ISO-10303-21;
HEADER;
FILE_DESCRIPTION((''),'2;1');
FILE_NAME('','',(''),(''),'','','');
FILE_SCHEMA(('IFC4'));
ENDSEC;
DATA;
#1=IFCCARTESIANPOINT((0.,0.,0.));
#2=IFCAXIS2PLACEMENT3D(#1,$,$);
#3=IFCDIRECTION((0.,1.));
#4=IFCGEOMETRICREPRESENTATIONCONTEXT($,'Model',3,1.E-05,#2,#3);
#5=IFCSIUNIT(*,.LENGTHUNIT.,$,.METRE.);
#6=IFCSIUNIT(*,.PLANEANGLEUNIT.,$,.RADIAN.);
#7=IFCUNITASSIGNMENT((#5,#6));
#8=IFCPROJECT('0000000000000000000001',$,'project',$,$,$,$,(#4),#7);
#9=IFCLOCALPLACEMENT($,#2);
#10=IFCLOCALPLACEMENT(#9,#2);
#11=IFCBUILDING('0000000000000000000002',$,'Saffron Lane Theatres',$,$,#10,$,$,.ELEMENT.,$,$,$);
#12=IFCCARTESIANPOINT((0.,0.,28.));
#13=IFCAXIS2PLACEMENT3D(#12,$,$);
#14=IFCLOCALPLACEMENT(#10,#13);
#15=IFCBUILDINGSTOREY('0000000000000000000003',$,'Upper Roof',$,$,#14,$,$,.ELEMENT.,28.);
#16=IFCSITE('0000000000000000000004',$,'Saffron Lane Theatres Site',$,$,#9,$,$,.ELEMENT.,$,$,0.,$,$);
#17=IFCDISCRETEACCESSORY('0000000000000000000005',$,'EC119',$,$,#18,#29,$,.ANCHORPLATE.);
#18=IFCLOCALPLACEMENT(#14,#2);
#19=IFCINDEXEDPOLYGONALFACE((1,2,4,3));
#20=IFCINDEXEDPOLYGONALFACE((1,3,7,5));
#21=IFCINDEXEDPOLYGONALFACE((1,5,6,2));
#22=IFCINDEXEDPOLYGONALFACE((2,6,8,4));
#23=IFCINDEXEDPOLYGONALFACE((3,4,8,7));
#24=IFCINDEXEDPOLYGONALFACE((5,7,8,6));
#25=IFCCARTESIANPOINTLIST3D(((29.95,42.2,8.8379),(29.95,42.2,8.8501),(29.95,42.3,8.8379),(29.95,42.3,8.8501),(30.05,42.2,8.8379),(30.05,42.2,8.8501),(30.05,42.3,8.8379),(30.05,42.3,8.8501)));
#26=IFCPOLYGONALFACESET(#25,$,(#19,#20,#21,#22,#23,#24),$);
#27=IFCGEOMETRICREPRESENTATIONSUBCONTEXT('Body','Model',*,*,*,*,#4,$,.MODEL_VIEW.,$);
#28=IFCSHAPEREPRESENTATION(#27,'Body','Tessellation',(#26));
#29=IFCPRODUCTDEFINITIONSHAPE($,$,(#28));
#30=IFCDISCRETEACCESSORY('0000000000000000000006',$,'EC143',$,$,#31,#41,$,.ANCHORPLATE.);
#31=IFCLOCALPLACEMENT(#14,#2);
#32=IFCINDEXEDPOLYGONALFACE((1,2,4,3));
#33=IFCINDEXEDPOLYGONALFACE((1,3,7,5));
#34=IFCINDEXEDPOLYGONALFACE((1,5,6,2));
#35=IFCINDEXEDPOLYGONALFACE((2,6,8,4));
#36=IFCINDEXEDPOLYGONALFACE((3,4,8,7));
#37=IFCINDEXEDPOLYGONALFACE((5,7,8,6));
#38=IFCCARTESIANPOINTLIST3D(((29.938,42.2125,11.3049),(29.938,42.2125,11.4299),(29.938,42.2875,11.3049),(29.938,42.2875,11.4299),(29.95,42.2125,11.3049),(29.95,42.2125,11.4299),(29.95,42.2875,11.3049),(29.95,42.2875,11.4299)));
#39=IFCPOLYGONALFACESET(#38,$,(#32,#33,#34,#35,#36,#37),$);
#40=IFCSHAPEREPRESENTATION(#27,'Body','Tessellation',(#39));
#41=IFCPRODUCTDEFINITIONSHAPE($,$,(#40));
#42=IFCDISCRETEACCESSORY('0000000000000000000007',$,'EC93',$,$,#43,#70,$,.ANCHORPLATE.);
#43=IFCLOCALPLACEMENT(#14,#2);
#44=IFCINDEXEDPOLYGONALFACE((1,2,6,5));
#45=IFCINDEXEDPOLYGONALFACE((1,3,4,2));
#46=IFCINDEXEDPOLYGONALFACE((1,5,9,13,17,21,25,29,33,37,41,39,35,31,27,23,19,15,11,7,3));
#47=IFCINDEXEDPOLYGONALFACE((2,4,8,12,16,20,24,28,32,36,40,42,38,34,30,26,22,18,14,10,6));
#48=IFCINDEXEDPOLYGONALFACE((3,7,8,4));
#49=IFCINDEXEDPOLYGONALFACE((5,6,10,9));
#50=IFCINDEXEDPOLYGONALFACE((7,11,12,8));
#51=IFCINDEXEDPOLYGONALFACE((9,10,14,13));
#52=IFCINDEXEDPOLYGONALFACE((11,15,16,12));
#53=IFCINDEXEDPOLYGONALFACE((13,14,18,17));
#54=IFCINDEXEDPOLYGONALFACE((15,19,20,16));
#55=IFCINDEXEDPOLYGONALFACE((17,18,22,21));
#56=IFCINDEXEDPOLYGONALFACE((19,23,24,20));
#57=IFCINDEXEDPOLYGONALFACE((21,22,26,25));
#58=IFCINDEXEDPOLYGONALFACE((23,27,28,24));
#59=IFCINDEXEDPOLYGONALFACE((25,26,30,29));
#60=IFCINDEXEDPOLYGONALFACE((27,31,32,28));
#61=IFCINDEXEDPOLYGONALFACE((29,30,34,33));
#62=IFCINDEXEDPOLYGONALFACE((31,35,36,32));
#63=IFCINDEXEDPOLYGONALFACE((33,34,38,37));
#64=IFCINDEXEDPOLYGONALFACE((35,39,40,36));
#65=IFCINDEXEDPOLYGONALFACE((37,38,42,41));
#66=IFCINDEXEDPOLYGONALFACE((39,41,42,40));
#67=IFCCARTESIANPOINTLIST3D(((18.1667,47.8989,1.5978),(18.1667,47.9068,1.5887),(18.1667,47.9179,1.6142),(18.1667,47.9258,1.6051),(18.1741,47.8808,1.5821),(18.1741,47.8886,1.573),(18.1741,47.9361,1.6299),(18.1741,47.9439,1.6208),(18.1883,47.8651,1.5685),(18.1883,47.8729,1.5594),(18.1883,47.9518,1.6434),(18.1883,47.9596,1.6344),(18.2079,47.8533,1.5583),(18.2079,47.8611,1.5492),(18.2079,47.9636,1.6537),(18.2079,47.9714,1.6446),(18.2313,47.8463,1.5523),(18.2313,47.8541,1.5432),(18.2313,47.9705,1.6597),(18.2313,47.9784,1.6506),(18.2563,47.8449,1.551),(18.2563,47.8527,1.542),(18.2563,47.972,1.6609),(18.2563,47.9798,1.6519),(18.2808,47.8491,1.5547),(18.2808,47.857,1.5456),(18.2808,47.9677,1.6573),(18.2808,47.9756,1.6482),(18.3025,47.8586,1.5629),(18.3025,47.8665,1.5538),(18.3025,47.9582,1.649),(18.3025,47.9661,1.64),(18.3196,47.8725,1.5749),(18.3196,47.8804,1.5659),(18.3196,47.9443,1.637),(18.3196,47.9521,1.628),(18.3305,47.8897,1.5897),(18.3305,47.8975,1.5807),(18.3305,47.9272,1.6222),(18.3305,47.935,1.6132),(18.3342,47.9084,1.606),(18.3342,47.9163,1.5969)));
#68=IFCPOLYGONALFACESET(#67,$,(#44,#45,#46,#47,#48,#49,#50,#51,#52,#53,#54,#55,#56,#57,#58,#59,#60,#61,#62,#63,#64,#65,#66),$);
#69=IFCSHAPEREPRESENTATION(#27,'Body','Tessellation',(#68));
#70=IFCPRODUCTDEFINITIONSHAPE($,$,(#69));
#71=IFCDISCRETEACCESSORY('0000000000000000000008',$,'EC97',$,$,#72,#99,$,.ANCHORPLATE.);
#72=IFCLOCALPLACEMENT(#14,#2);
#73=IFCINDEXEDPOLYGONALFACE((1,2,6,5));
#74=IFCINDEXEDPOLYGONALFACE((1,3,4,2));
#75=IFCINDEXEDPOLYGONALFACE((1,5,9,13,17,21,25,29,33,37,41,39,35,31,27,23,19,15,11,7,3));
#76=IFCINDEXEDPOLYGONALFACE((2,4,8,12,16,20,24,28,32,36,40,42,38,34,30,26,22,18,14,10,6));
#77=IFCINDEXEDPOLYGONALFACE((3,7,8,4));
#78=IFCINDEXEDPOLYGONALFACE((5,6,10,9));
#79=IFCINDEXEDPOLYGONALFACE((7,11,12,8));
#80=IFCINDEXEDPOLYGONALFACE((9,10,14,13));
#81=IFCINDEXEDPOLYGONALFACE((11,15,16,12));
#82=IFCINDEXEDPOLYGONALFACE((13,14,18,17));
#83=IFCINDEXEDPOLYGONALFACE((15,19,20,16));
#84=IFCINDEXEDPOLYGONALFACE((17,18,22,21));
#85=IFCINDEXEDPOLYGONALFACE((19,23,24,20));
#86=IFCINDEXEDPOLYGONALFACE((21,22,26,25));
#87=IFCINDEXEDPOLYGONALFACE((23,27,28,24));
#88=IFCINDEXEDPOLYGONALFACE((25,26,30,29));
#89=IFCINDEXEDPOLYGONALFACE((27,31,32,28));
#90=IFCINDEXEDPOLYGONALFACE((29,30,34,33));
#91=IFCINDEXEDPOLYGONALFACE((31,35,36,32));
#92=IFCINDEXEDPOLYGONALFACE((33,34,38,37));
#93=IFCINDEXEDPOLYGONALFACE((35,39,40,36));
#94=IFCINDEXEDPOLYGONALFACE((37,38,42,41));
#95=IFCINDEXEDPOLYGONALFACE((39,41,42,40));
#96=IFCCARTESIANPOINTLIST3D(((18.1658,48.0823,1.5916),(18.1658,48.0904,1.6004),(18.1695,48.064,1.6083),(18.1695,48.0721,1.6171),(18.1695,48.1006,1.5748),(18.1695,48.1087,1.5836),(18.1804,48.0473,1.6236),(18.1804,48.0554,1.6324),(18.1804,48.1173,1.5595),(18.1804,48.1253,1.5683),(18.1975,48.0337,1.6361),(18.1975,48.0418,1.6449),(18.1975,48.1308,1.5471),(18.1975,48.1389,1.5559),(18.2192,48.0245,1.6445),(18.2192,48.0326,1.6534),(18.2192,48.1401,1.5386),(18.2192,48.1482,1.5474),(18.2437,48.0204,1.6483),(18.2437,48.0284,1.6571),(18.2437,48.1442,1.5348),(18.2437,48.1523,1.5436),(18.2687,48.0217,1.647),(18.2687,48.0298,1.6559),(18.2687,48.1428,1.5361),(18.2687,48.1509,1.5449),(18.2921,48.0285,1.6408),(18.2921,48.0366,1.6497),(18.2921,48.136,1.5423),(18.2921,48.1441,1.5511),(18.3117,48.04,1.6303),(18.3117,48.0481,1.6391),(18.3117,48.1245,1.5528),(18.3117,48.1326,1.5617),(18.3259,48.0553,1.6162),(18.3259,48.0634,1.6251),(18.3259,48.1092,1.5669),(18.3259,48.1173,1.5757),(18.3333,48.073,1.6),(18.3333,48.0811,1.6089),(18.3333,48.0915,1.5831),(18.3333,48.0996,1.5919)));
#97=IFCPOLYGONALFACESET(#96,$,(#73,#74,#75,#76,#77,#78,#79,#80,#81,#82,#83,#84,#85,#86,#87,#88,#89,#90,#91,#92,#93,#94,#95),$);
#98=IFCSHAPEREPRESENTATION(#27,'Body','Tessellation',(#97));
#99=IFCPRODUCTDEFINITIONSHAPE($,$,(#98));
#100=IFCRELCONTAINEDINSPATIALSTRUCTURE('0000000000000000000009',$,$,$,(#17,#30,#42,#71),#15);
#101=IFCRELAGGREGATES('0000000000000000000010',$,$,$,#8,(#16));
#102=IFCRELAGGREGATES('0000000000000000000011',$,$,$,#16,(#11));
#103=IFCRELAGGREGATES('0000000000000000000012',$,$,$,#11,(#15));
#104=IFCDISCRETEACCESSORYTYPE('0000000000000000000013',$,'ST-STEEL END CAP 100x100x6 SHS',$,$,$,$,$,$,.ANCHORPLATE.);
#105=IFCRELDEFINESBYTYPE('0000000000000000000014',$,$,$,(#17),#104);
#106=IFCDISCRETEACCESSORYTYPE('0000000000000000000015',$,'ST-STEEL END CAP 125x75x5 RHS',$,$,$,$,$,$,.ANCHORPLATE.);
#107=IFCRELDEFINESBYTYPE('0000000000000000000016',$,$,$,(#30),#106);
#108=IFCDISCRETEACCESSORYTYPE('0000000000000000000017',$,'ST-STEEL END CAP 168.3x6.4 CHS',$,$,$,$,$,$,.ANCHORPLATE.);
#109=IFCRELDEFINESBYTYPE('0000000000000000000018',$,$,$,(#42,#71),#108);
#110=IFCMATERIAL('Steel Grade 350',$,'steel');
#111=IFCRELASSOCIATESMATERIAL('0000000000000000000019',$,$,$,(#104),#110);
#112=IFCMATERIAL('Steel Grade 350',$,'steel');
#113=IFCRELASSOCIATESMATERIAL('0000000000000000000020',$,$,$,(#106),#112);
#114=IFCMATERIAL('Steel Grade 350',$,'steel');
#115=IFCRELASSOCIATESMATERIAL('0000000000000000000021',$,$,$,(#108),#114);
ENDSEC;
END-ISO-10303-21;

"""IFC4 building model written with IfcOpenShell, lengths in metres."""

from ifc_helpers import new_model, si_unit, direction, frame, origin, origin_2d, place, context, subcontext, project, spatial, rectangle, circle, extrude, material, material_profile, profile_set, type_object, element, save


model = new_model("IFC4")

# Units and contexts
model_context = context("Model", 3, precision=1e-05, world=origin(), true_north=direction((0.0, 1.0)))
body_context = subcontext(model_context, "Body", "Model", "MODEL_VIEW")
ifc_project = project(units=[si_unit("LENGTHUNIT", "METRE"), si_unit("PLANEANGLEUNIT", "RADIAN")], contexts=[model_context])

# Site, building, storey
site_placement = place(None, origin())
site = spatial("IfcSite", under=ifc_project, at=site_placement, Name="Saffron Lane Theatres Site", CompositionType="ELEMENT", RefElevation=0.0)
building_placement = place(site_placement, origin())
building = spatial("IfcBuilding", under=site, at=building_placement, Name="Saffron Lane Theatres", CompositionType="ELEMENT")
storey_placement = place(building_placement, frame((0.0, 0.0, 28.0)))
storey = spatial("IfcBuildingStorey", under=building, at=storey_placement, Name="Upper Roof", CompositionType="ELEMENT", Elevation=28.0)

# Discrete accessories
ifc_material_1 = material(Name="Steel Grade 350", Category="steel")
ifc_material_profile_1 = material_profile(ifc_material_1, rectangle(XDim=0.1001, YDim=0.1001, at=origin_2d()))
ifc_profile_set_1 = profile_set([ifc_material_profile_1], Name="Steel Grade 350")
discrete_accessory_type_1 = type_object("IfcDiscreteAccessoryType", Name="ST-STEEL END CAP 100x100x6 SHS", PredefinedType="ANCHORPLATE", material=ifc_profile_set_1)
for number, where, z_axis, x_axis, name in (
    (1, (30.0, 42.25, 8.8379), (0.0, 0.0, 1.0), (1.0, 0.0, 0.0), "EC119"),
):
    element("IfcDiscreteAccessory", number, at=place(storey_placement, frame(where, z_axis=z_axis, x_axis=x_axis)), inside=storey, type_object=discrete_accessory_type_1, Name=name, PredefinedType="ANCHORPLATE", context=body_context, shape_type="SweptSolid", body=[
        extrude(rectangle(XDim=0.1001, YDim=0.1001, at=origin_2d()), origin(), (0.0, 0.0, 1.0), 0.0122),
    ])
ifc_material_2 = material(Name="Steel Grade 350", Category="steel")
ifc_material_profile_2 = material_profile(ifc_material_2, rectangle(XDim=0.075, YDim=0.125, at=origin_2d()))
ifc_profile_set_2 = profile_set([ifc_material_profile_2], Name="Steel Grade 350")
discrete_accessory_type_2 = type_object("IfcDiscreteAccessoryType", Name="ST-STEEL END CAP 125x75x5 RHS", PredefinedType="ANCHORPLATE", material=ifc_profile_set_2)
discrete_accessory_placement = place(storey_placement, frame((29.938, 42.25, 11.3674), z_axis=(1.0, 0.0, 0.0), x_axis=(0.0, 1.0, 0.0)))
element("IfcDiscreteAccessory", 2, at=discrete_accessory_placement, inside=storey, type_object=discrete_accessory_type_2, Name="EC143", PredefinedType="ANCHORPLATE", context=body_context, shape_type="SweptSolid", body=[
    extrude(rectangle(XDim=0.075, YDim=0.125, at=origin_2d()), origin(), (0.0, 0.0, 1.0), 0.012),
])
ifc_material_3 = material(Name="Steel Grade 350", Category="steel")
ifc_material_profile_3 = material_profile(ifc_material_3, circle(Radius=0.0842, at=origin_2d()))
ifc_profile_set_3 = profile_set([ifc_material_profile_3], Name="Steel Grade 350")
discrete_accessory_type_3 = type_object("IfcDiscreteAccessoryType", Name="ST-STEEL END CAP 168.3x6.4 CHS", PredefinedType="ANCHORPLATE", material=ifc_profile_set_3)
for number, where, z_axis, x_axis, name in (
    (3, (18.25, 47.9163, 1.5969), (0.0, -0.654152, 0.756363), (1.0, 0.0, 0.0), "EC93"),
    (4, (18.25, 48.0823, 1.5916), (0.0, 0.675725, 0.737154), (-1.0, 0.0, 0.0), "EC97"),
):
    element("IfcDiscreteAccessory", number, at=place(storey_placement, frame(where, z_axis=z_axis, x_axis=x_axis)), inside=storey, type_object=discrete_accessory_type_3, Name=name, PredefinedType="ANCHORPLATE", context=body_context, shape_type="SweptSolid", body=[
        extrude(circle(Radius=0.0842, at=origin_2d()), origin(), (0.0, 0.0, 1.0), 0.012),
    ])

save(model, "model.ifc")
